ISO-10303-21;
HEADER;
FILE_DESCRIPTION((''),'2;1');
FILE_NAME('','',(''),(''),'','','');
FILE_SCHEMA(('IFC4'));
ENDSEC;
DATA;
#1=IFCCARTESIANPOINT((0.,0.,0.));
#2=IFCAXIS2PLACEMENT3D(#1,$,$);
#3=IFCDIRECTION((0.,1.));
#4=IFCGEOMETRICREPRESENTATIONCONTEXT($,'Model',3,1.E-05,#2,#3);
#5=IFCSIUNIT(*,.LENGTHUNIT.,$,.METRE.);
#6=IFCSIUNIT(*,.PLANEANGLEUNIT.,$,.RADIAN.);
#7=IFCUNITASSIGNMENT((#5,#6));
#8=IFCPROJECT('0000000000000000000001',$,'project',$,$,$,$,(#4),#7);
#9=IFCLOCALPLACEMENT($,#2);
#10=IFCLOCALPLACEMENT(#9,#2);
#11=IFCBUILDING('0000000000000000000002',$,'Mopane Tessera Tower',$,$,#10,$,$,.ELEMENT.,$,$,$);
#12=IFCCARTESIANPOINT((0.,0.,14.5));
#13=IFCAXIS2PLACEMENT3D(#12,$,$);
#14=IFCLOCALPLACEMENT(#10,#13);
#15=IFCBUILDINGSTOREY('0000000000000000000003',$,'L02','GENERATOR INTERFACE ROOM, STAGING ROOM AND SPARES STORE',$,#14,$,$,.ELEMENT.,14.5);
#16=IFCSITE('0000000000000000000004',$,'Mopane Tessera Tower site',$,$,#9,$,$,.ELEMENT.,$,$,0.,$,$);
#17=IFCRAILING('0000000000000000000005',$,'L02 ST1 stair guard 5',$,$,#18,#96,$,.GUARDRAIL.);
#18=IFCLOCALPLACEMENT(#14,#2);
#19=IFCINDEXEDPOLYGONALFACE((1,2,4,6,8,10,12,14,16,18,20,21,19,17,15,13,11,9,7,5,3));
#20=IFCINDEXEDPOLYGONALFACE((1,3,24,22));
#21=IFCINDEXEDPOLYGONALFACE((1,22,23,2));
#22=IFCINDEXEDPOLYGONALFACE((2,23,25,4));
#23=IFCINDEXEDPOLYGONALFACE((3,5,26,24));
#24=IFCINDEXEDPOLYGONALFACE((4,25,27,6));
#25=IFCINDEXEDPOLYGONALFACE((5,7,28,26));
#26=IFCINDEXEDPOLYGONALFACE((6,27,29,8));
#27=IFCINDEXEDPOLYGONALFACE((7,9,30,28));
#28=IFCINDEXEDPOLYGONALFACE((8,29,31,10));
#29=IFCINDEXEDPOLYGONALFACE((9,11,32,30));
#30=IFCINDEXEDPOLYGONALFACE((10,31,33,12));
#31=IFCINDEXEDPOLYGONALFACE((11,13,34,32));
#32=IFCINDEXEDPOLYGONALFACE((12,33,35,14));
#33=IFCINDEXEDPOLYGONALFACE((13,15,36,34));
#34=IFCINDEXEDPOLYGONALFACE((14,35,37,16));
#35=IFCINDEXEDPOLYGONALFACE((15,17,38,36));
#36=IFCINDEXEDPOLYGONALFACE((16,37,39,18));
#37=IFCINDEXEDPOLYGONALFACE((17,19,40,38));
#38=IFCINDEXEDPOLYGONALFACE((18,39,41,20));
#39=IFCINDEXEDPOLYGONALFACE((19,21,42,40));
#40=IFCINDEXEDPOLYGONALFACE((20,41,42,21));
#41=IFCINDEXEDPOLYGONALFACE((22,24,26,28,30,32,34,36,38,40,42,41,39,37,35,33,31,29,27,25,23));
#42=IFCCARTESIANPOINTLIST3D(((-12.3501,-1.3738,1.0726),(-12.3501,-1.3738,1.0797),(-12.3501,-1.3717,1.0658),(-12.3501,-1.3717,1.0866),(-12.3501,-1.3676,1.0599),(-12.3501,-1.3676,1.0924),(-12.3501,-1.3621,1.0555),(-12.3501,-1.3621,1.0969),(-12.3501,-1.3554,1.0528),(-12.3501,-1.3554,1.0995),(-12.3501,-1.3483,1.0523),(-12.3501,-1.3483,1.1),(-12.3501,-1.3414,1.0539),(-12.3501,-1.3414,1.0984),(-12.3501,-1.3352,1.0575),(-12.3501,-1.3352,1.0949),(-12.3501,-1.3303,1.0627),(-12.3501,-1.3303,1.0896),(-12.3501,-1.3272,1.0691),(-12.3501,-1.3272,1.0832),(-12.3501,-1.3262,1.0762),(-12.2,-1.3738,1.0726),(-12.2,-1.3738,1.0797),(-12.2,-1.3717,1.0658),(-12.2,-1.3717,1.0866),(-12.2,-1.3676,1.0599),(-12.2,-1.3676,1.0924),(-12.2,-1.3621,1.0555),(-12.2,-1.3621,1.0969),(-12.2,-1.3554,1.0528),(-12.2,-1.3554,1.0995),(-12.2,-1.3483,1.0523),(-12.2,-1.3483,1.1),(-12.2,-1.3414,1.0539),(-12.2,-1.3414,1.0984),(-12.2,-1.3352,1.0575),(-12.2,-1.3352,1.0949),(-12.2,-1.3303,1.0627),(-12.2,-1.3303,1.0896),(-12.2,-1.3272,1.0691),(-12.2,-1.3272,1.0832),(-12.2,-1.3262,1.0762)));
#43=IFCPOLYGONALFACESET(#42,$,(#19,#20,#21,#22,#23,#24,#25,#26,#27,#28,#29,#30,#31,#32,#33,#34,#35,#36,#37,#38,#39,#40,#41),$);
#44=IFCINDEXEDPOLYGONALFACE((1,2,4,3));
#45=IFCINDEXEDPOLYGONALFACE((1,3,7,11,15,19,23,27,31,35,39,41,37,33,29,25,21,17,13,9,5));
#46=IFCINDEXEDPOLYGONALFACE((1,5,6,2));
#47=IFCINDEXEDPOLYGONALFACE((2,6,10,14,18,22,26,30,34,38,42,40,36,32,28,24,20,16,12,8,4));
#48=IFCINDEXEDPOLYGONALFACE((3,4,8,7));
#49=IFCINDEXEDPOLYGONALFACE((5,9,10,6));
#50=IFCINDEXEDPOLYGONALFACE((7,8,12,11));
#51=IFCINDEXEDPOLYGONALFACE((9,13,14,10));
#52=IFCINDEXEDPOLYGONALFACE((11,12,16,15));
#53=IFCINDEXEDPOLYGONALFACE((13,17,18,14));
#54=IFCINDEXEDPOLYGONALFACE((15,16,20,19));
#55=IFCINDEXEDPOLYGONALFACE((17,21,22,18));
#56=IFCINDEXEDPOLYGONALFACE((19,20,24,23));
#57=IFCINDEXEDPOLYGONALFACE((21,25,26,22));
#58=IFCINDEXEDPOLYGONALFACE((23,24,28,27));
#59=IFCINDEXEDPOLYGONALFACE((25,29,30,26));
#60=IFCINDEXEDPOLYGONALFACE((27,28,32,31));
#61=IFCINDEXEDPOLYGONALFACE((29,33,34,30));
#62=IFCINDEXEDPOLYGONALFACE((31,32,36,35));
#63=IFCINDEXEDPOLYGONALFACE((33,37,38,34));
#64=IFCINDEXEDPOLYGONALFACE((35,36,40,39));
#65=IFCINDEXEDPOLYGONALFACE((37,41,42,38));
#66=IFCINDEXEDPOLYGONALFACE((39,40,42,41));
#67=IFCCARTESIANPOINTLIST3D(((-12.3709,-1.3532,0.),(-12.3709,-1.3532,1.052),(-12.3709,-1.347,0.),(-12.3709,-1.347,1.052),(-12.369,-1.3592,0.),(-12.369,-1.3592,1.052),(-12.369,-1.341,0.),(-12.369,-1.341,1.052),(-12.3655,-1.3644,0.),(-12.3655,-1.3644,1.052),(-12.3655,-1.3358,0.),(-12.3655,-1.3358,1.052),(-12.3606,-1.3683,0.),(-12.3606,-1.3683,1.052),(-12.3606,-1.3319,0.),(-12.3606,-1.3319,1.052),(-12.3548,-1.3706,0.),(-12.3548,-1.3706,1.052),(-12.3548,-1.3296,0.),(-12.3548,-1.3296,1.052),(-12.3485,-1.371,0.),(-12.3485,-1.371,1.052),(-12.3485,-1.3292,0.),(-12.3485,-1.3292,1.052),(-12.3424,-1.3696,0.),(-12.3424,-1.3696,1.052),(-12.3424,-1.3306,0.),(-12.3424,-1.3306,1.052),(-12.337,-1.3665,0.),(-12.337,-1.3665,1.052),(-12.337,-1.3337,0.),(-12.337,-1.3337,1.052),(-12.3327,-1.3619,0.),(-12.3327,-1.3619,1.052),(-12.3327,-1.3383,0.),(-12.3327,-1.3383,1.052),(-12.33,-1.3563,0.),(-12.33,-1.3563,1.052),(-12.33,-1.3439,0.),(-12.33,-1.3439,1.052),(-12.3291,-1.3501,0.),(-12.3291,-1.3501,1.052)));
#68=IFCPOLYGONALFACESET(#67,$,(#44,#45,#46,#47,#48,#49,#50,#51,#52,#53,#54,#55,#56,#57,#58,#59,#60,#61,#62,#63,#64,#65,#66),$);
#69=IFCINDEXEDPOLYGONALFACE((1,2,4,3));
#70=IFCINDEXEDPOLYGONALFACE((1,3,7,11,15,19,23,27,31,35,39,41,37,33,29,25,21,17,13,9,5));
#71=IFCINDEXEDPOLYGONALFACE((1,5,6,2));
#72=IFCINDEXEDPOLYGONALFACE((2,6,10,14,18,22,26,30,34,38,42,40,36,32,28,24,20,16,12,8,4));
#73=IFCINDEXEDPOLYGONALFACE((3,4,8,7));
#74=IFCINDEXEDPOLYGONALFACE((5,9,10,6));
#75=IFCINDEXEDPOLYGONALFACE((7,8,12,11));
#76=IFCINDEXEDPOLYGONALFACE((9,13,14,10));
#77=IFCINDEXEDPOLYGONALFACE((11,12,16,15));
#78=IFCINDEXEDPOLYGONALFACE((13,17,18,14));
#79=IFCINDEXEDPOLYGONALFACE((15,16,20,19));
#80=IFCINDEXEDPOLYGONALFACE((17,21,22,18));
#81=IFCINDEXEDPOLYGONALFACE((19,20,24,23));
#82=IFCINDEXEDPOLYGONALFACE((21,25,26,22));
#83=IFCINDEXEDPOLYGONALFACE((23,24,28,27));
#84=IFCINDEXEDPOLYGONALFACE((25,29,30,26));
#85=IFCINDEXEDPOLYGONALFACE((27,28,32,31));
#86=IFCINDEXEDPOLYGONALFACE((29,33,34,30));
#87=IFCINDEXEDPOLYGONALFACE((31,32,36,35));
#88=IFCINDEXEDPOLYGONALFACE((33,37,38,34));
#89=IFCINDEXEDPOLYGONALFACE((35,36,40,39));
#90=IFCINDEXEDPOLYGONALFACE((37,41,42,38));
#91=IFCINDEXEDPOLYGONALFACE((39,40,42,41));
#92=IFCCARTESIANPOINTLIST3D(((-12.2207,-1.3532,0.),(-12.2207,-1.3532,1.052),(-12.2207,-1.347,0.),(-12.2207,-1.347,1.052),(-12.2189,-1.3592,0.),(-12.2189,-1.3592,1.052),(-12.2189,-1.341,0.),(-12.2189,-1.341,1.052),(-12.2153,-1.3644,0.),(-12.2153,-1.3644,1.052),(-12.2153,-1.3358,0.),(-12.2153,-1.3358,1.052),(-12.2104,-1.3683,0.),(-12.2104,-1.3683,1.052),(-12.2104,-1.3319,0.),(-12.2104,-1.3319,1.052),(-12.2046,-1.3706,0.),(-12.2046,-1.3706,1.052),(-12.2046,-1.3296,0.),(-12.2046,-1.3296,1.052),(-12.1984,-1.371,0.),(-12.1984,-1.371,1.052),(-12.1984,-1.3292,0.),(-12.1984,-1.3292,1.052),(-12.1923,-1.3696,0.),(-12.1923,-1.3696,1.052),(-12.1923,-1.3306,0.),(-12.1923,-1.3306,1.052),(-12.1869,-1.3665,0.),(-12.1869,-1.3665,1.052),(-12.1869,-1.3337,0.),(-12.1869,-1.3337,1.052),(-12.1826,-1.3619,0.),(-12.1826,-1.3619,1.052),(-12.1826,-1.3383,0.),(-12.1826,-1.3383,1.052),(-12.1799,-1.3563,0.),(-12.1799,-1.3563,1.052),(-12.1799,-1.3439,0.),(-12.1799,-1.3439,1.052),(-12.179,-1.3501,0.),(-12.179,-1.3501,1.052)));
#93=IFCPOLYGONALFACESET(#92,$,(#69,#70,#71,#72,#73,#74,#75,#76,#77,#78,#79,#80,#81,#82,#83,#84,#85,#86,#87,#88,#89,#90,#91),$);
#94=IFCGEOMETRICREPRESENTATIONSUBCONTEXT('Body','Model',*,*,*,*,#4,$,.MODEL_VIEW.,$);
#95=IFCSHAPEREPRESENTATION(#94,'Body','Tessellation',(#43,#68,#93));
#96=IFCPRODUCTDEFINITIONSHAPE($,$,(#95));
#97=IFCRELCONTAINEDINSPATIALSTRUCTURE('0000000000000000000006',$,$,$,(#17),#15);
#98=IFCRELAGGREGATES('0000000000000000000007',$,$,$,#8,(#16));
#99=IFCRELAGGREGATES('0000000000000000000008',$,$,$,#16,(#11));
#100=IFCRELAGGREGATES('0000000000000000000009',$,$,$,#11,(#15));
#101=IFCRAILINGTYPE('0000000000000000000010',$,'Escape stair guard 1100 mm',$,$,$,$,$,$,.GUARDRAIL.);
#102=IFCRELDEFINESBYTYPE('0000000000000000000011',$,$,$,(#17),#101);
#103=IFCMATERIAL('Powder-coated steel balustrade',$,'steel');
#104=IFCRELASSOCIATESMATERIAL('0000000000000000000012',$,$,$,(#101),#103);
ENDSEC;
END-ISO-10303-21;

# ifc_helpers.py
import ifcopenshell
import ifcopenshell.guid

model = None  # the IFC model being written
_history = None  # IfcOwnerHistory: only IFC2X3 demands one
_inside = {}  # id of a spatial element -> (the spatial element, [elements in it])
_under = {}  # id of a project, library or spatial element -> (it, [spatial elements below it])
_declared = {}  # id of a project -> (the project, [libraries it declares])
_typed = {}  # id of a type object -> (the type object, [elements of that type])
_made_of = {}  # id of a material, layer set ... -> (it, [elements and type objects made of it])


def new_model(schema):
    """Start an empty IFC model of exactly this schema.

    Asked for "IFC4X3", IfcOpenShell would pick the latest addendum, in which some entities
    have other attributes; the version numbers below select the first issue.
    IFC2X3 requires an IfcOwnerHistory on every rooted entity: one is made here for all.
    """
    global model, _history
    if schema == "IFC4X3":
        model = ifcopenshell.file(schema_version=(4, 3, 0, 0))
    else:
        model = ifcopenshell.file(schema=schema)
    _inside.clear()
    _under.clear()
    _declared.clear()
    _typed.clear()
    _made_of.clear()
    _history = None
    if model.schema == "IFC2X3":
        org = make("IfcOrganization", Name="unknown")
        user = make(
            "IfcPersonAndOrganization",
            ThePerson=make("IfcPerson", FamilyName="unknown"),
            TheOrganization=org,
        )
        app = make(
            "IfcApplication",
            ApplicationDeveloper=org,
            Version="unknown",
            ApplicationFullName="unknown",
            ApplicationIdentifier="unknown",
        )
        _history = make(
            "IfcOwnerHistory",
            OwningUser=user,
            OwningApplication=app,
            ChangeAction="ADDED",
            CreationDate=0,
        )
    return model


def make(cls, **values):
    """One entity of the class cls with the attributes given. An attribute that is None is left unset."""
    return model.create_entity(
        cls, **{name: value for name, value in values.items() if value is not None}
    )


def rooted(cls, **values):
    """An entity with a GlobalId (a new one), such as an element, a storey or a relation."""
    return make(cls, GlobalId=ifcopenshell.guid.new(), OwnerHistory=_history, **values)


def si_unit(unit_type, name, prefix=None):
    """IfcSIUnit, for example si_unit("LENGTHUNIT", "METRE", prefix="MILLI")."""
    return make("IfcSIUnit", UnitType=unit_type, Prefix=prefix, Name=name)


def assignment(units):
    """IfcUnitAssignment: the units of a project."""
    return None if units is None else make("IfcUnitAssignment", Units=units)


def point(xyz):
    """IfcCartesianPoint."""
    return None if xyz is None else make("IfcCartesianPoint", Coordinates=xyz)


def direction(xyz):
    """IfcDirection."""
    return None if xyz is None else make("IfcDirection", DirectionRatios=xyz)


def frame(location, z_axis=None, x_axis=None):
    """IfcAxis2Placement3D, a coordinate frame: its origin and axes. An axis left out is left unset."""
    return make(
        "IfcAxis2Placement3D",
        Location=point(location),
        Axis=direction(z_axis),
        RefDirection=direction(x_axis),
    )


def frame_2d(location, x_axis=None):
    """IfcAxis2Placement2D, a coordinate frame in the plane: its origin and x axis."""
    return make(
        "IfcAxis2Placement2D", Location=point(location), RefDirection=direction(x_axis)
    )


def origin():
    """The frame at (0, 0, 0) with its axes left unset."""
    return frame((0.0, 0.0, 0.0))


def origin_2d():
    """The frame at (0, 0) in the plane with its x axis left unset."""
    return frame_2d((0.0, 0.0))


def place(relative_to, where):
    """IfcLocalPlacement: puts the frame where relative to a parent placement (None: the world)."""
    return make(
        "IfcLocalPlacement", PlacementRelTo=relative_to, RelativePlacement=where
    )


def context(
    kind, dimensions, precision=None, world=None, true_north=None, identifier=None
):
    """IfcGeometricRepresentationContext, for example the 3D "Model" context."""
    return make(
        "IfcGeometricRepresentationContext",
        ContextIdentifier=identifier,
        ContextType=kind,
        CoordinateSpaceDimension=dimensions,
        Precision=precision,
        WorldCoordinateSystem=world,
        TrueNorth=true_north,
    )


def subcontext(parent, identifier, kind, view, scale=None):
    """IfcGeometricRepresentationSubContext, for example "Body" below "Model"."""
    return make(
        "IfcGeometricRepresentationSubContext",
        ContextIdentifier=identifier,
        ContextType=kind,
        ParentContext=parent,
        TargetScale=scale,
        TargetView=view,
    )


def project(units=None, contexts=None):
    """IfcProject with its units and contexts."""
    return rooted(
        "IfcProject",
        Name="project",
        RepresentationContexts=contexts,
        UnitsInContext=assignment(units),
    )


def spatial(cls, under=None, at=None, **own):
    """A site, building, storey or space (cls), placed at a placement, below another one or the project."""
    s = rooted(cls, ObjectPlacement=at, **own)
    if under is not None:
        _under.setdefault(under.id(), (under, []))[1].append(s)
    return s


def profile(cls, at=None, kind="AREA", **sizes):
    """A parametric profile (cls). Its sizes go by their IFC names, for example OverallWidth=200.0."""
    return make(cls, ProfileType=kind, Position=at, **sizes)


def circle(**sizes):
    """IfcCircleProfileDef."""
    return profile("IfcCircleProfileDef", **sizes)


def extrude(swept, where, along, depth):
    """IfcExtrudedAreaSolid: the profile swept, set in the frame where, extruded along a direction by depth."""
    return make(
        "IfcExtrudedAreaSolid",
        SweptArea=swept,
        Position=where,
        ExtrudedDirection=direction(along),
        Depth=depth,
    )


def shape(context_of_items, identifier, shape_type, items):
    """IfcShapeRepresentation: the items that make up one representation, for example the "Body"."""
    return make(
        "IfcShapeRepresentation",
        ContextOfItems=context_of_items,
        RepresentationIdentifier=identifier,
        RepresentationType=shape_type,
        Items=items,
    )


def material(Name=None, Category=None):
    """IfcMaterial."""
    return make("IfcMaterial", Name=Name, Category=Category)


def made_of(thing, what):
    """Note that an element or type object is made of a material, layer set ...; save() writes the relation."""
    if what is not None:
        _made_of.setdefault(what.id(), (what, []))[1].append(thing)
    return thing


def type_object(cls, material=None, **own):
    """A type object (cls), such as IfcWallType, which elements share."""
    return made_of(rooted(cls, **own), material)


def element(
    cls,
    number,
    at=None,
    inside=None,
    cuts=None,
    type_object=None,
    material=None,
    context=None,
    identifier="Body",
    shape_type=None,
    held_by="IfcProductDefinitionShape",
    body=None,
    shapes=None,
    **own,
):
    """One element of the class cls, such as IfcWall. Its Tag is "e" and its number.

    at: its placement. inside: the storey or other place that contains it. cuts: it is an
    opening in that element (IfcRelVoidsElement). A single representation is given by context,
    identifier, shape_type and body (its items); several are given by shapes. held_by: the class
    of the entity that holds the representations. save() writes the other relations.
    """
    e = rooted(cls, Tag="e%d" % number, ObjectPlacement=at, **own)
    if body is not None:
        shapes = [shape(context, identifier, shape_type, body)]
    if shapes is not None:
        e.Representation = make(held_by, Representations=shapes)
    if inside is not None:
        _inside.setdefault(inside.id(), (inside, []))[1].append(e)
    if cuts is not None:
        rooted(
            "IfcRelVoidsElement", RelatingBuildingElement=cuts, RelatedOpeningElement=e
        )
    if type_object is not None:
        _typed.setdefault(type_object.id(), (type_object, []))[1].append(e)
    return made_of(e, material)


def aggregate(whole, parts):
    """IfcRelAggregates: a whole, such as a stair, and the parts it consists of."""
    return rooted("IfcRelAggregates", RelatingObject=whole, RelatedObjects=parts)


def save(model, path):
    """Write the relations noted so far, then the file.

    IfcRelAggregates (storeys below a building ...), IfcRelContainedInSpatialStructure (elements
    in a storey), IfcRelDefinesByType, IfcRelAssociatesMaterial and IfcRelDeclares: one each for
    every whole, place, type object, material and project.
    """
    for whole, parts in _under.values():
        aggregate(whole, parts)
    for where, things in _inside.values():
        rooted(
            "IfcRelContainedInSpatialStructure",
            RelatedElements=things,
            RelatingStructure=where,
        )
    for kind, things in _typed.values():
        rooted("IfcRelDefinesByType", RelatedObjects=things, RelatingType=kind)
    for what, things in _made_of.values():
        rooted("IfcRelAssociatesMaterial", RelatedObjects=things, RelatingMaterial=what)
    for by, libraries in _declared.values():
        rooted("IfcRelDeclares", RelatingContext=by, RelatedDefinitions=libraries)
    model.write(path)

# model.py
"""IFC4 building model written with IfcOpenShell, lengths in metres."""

from ifc_helpers import new_model, si_unit, direction, frame, origin, origin_2d, place, context, subcontext, project, spatial, circle, extrude, material, type_object, element, save


model = new_model("IFC4")

# Units and contexts
model_context = context("Model", 3, precision=1e-05, world=origin(), true_north=direction((0.0, 1.0)))
body_context = subcontext(model_context, "Body", "Model", "MODEL_VIEW")
ifc_project = project(units=[si_unit("LENGTHUNIT", "METRE"), si_unit("PLANEANGLEUNIT", "RADIAN")], contexts=[model_context])

# Site, building, storey
site_placement = place(None, origin())
site = spatial("IfcSite", under=ifc_project, at=site_placement, Name="Mopane Tessera Tower site", CompositionType="ELEMENT", RefElevation=0.0)
building_placement = place(site_placement, origin())
building = spatial("IfcBuilding", under=site, at=building_placement, Name="Mopane Tessera Tower", CompositionType="ELEMENT")
storey_placement = place(building_placement, frame((0.0, 0.0, 14.5)))
storey = spatial("IfcBuildingStorey", under=building, at=storey_placement, Name="L02", Description="GENERATOR INTERFACE ROOM, STAGING ROOM AND SPARES STORE", CompositionType="ELEMENT", Elevation=14.5)

# Railing
ifc_material_1 = material(Name="Powder-coated steel balustrade", Category="steel")
railing_type_1 = type_object("IfcRailingType", Name="Escape stair guard 1100 mm", PredefinedType="GUARDRAIL", material=ifc_material_1)
railing_1_placement = place(storey_placement, frame((-12.3501, -1.3501, 0.0)))
element("IfcRailing", 1, at=railing_1_placement, inside=storey, type_object=railing_type_1, Name="L02 ST1 stair guard 5", PredefinedType="GUARDRAIL", context=body_context, shape_type="SweptSolid", body=[
    extrude(circle(Radius=0.0239, at=origin_2d()), frame((0.0, 0.0, 1.0762), z_axis=(1.0, 0.0, 0.0), x_axis=(0.0, 1.0, 0.0)), (0.0, 0.0, 1.0), 0.1501),
    extrude(circle(Radius=0.021, at=origin_2d()), origin(), (0.0, 0.0, 1.0), 1.052),
    extrude(circle(Radius=0.021, at=origin_2d()), frame((0.1501, 0.0, 0.0)), (0.0, 0.0, 1.0), 1.052),
])

save(model, "model.ifc")
